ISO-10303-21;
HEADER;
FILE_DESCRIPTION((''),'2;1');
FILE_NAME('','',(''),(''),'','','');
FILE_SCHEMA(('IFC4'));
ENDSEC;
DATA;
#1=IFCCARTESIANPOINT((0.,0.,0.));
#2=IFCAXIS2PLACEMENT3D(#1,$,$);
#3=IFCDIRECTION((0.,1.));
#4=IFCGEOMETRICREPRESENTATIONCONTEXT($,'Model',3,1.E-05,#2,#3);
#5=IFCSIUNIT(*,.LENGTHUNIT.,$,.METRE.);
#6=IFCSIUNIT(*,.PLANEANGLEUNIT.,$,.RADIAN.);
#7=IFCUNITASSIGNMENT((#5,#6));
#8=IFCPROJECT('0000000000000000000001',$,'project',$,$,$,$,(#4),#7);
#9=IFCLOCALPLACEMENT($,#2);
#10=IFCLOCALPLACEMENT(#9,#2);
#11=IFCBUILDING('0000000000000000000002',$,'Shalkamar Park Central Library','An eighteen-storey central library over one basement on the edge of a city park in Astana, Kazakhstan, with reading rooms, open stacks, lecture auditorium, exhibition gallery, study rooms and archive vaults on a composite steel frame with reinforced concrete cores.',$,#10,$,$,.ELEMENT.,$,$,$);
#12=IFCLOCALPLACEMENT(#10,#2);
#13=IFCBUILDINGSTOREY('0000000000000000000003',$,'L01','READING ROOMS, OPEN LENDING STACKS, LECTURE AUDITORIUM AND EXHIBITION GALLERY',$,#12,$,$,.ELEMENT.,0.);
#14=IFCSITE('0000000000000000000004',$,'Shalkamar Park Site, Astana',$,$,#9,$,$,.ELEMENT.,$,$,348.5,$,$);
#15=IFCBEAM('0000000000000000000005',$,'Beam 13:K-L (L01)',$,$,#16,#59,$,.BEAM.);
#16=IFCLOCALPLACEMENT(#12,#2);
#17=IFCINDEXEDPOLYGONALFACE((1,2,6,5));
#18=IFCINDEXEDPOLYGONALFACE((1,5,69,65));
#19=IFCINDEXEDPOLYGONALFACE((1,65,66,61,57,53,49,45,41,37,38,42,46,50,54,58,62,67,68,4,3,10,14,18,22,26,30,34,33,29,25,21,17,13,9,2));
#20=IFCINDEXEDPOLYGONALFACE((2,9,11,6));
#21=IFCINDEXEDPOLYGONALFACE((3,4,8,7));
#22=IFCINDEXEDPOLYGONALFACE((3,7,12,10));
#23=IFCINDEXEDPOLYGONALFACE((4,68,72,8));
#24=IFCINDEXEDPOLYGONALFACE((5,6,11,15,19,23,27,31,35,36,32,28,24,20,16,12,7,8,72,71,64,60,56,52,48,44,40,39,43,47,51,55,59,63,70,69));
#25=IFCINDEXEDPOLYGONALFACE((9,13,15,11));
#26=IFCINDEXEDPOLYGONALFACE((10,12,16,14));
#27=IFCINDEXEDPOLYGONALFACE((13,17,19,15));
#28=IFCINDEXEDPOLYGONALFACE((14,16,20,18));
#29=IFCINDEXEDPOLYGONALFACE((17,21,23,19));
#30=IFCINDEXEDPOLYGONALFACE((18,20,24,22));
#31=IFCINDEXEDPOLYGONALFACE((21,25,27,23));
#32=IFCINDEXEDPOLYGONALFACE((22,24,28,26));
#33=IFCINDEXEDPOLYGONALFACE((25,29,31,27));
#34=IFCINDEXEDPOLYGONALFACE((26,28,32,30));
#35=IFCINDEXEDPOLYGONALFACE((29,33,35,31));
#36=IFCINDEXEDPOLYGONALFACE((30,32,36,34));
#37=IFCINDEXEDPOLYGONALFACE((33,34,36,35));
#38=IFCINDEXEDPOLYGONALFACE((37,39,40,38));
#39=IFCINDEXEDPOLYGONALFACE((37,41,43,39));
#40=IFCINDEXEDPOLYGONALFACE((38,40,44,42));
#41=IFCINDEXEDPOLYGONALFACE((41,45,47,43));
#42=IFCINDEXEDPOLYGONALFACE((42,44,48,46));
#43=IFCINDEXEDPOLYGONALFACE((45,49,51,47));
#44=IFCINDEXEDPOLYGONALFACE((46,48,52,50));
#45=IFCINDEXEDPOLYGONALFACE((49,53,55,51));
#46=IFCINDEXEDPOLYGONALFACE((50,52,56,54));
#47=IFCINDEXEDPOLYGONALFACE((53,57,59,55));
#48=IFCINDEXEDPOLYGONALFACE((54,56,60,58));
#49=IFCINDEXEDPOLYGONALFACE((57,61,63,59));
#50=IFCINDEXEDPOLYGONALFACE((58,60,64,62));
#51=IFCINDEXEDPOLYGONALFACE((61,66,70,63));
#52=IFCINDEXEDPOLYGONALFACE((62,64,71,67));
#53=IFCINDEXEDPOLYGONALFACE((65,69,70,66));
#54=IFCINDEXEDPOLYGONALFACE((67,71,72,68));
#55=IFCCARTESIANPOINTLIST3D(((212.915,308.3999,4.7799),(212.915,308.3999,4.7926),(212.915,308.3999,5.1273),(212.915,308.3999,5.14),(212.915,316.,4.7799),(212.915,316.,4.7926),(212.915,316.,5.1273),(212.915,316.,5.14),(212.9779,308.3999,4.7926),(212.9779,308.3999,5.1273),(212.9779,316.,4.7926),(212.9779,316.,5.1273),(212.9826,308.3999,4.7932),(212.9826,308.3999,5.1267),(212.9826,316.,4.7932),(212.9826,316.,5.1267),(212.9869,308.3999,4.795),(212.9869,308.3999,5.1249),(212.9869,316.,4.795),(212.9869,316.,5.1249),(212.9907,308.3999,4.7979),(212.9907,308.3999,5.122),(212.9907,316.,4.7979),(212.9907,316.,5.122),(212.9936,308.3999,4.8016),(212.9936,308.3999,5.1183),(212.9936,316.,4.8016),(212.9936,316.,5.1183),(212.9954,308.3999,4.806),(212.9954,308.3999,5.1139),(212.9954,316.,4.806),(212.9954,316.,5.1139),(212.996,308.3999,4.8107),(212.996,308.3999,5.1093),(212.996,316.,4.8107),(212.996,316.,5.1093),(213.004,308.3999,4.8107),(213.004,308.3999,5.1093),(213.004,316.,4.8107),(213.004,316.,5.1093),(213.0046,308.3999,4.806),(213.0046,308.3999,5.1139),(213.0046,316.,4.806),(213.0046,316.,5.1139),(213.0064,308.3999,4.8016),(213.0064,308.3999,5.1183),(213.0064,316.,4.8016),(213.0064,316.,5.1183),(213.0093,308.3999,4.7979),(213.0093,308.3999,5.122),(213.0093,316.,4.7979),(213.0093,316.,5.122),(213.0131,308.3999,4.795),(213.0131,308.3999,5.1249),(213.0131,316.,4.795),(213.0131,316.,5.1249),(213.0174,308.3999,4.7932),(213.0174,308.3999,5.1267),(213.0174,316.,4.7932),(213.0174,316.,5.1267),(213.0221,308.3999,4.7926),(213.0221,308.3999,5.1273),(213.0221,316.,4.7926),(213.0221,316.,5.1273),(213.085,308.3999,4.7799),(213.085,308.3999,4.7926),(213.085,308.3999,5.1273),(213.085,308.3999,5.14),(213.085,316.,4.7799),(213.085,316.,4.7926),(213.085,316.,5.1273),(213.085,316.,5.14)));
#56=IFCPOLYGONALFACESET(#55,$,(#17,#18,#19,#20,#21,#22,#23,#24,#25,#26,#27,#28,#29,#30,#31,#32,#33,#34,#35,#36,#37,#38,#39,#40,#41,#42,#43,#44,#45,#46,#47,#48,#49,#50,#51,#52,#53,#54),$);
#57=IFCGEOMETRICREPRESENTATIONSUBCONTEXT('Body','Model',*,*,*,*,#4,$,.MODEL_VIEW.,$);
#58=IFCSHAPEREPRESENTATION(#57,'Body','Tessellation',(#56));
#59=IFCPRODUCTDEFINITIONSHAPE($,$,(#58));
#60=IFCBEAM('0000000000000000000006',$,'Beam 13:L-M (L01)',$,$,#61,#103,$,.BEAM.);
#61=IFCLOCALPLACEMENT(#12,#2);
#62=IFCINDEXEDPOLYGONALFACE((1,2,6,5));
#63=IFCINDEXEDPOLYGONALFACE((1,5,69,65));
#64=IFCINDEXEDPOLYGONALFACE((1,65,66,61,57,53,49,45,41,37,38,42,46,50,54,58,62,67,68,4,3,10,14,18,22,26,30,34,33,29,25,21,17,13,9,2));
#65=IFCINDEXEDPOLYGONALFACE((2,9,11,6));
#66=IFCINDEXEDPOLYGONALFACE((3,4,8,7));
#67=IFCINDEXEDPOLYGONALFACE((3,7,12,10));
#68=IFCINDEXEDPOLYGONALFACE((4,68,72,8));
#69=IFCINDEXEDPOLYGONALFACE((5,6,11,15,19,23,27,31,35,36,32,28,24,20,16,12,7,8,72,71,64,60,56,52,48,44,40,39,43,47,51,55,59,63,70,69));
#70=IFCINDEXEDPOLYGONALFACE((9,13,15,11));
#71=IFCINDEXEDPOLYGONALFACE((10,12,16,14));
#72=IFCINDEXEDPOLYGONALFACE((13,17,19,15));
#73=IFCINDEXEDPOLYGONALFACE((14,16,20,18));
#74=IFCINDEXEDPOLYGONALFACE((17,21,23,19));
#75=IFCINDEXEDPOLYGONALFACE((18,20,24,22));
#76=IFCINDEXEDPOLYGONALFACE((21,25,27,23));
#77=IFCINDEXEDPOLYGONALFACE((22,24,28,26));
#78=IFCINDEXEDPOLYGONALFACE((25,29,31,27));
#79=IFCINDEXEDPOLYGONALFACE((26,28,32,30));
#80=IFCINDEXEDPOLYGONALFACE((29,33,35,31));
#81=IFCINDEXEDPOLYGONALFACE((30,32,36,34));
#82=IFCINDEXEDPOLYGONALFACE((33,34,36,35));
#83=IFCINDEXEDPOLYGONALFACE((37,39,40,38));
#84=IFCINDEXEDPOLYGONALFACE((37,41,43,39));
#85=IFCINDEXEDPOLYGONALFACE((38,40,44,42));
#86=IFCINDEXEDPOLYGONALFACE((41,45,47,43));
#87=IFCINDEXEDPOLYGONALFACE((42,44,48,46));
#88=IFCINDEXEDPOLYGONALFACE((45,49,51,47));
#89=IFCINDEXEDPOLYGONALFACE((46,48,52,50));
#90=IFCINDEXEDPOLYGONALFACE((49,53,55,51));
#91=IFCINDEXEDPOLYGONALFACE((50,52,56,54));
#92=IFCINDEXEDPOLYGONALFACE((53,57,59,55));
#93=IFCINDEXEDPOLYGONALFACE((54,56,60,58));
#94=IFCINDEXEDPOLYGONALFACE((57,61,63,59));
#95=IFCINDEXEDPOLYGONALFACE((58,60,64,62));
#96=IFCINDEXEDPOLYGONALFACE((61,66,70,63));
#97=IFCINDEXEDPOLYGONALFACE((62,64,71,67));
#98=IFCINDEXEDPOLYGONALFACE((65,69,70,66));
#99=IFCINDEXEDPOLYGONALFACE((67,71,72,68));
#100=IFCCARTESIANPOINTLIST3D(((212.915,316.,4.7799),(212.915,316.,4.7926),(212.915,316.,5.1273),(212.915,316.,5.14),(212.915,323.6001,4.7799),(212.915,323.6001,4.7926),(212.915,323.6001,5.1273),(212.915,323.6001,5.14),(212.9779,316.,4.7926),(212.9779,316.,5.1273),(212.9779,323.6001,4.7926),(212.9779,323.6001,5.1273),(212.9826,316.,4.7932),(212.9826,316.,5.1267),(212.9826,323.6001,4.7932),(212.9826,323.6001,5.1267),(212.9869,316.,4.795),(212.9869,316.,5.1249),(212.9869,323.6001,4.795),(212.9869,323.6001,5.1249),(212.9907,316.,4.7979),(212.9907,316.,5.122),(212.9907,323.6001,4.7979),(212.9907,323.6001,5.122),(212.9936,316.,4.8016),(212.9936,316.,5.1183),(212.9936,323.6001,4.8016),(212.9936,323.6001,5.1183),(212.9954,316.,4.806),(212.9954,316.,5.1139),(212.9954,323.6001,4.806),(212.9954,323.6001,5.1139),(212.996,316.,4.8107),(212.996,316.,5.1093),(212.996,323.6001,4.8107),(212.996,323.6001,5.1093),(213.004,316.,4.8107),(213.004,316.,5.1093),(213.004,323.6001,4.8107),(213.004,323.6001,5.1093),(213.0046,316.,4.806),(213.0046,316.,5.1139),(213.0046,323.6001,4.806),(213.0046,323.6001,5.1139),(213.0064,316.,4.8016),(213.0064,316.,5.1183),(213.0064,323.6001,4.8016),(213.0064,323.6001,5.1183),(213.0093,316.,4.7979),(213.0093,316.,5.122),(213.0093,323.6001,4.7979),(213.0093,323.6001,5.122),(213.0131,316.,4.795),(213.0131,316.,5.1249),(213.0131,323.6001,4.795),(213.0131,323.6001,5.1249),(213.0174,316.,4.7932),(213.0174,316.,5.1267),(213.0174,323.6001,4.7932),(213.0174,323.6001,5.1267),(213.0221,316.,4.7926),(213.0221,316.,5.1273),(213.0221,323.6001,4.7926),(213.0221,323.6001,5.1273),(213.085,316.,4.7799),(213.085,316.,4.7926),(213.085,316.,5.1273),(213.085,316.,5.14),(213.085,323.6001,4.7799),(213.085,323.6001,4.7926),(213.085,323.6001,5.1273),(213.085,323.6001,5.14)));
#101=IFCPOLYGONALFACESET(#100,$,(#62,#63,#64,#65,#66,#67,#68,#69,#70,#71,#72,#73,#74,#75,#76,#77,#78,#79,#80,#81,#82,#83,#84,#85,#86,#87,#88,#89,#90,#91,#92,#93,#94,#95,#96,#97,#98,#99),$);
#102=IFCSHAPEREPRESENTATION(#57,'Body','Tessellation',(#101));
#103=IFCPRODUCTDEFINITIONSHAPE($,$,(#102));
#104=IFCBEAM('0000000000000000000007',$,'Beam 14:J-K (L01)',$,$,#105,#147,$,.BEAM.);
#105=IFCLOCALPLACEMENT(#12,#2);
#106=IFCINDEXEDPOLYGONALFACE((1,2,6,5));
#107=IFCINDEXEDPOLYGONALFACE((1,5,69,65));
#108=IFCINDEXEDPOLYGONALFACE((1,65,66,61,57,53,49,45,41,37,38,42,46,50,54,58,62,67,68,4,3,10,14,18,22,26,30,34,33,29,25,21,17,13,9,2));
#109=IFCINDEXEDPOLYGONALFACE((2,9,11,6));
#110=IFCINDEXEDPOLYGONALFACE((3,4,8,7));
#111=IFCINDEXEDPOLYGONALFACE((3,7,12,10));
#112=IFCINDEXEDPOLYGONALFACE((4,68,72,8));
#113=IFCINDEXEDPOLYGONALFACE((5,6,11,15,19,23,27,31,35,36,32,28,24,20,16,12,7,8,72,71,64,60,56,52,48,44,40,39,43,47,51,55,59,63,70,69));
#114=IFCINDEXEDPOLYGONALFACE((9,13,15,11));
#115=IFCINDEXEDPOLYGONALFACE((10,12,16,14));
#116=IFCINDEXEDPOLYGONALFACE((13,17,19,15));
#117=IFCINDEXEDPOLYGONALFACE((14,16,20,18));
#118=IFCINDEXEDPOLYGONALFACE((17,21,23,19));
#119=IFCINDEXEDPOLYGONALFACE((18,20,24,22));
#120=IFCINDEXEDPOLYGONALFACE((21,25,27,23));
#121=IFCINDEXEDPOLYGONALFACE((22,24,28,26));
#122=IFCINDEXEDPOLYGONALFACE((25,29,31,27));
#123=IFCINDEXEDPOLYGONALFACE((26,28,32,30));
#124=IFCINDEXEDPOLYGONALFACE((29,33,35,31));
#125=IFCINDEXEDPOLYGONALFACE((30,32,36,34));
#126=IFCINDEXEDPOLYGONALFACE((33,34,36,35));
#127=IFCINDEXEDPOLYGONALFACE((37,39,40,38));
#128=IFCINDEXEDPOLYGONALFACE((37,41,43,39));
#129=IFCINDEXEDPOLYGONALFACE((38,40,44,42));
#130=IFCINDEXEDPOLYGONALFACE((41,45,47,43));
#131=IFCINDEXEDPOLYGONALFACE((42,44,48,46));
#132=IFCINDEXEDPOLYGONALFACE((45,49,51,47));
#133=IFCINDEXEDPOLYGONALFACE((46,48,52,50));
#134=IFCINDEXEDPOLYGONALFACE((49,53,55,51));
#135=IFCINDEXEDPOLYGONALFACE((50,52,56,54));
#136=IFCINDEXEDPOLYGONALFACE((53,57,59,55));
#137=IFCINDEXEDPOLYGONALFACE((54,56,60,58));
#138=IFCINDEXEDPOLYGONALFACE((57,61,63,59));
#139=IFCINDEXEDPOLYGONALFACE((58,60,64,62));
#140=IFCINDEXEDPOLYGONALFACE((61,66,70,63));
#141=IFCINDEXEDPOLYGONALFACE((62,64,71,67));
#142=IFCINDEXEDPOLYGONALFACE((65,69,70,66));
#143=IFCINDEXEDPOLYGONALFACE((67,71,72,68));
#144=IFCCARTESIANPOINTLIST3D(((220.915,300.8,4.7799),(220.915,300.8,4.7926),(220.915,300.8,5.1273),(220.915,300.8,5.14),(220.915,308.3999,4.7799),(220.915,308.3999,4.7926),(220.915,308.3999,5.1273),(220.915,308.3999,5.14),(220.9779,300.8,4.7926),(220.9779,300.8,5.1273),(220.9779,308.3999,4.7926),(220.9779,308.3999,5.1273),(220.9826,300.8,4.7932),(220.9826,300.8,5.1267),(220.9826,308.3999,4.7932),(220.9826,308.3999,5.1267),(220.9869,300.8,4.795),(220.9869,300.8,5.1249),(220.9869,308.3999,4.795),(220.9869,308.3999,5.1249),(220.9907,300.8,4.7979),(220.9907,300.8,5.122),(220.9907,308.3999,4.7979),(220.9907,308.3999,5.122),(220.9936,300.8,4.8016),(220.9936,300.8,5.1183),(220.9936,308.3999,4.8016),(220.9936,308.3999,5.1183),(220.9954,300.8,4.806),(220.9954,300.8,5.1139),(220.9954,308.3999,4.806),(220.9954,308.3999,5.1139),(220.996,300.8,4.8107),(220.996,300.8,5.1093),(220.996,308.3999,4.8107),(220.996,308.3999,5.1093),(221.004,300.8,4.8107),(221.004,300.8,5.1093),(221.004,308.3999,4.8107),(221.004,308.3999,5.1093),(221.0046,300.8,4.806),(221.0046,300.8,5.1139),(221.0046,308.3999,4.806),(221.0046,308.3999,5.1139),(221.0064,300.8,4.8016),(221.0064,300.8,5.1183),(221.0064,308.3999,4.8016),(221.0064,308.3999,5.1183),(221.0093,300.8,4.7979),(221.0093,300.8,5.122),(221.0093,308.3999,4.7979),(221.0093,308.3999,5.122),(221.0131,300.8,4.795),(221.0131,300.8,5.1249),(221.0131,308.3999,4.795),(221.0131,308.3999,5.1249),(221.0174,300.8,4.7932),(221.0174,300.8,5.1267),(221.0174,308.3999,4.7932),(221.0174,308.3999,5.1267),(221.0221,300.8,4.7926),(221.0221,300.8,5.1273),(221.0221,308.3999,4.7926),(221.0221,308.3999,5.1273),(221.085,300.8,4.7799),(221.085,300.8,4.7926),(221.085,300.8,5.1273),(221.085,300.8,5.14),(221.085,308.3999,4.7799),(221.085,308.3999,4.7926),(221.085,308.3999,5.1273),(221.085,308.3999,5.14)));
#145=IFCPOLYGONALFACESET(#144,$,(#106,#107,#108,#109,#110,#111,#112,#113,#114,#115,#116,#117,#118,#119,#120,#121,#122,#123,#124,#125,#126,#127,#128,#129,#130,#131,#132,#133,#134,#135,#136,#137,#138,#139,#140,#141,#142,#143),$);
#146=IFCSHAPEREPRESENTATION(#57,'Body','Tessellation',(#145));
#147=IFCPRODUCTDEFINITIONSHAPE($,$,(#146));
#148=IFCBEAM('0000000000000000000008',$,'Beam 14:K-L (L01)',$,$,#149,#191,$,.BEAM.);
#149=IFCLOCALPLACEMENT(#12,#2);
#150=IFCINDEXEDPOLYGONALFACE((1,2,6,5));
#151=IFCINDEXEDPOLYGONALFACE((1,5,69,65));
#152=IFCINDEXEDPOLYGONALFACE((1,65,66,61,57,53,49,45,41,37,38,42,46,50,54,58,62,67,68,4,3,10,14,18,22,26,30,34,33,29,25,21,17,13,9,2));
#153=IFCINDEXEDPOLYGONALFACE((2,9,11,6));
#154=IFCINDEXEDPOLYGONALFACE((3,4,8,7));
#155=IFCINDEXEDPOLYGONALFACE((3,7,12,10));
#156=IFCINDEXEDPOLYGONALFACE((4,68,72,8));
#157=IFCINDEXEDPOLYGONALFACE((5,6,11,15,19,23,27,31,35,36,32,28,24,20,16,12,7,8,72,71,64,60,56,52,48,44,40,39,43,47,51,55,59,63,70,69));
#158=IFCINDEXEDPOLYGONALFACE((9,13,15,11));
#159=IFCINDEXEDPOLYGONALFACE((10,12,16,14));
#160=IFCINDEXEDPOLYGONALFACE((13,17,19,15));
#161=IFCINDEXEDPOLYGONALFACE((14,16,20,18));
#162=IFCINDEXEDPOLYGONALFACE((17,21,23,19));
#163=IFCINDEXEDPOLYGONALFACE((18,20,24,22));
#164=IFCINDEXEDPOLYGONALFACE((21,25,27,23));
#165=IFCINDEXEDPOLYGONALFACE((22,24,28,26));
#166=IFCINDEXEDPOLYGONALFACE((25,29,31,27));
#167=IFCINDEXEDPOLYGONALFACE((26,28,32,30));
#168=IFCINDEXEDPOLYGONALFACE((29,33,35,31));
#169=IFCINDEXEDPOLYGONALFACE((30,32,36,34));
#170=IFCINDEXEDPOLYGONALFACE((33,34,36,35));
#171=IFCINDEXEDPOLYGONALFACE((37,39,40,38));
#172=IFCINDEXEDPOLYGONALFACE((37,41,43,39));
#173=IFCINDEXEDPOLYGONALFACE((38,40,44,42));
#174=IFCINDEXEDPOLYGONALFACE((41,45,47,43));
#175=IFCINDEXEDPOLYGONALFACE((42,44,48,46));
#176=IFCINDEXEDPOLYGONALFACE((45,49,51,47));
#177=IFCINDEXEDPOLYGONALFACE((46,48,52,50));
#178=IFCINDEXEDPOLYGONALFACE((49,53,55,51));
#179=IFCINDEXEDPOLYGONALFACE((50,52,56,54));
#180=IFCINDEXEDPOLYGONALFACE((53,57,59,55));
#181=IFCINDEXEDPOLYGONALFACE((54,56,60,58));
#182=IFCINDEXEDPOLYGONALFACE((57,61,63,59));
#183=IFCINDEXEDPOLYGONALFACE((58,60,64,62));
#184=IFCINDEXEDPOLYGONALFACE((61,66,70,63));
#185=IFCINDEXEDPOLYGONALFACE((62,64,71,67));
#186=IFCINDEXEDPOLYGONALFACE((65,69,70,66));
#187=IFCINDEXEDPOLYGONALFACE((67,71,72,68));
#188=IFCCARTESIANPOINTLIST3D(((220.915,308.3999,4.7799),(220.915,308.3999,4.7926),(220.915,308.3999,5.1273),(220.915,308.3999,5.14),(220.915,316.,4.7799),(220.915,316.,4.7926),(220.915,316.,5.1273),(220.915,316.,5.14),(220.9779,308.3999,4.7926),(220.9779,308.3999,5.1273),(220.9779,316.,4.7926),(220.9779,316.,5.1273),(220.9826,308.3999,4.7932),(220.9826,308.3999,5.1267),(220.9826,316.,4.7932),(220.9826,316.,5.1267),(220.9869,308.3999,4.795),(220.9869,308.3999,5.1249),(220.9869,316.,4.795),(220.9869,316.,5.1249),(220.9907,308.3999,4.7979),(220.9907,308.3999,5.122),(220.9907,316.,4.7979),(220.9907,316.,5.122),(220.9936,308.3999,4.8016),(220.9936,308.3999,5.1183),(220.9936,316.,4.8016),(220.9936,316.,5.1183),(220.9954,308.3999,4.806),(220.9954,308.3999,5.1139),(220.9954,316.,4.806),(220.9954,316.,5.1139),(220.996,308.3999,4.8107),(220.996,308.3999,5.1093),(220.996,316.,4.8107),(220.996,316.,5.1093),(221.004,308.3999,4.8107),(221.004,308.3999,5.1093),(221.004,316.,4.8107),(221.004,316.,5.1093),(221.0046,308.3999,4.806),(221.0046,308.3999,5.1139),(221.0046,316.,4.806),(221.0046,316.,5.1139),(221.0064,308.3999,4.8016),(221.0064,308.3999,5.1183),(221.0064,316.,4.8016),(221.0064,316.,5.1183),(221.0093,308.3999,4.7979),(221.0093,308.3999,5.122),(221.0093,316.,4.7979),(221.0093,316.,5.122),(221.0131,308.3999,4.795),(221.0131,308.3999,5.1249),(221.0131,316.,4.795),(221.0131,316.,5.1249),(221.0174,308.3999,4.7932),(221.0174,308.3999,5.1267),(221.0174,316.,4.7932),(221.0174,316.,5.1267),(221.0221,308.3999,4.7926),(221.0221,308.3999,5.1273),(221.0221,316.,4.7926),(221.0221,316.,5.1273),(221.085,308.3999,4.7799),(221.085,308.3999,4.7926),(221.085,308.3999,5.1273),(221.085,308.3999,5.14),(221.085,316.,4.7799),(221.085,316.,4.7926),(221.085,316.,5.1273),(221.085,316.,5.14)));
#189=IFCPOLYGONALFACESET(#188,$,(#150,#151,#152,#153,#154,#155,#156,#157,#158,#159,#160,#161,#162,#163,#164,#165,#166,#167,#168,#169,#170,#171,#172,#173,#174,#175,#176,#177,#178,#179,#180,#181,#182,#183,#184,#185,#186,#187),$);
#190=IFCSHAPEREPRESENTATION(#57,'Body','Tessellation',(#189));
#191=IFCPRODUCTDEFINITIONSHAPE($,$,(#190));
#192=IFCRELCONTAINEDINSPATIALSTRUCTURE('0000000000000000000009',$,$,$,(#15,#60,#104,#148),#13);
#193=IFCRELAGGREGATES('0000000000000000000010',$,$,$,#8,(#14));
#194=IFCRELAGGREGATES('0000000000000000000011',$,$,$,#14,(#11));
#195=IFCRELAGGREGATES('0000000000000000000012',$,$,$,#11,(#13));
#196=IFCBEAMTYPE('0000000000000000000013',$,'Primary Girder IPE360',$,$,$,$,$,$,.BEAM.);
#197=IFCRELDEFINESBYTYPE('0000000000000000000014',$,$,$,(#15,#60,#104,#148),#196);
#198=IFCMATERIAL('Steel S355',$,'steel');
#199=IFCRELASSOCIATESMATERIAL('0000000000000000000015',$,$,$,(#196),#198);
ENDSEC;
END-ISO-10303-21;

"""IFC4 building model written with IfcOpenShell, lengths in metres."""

from ifc_helpers import new_model, si_unit, direction, frame, origin, origin_2d, place, context, subcontext, project, spatial, i_section, extrude, material, material_profile, profile_set, type_object, element, save


model = new_model("IFC4")

# Units and contexts
model_context = context("Model", 3, precision=1e-05, world=origin(), true_north=direction((0.0, 1.0)))
body_context = subcontext(model_context, "Body", "Model", "MODEL_VIEW")
ifc_project = project(units=[si_unit("LENGTHUNIT", "METRE"), si_unit("PLANEANGLEUNIT", "RADIAN")], contexts=[model_context])

# Site, building, storey
site_placement = place(None, origin())
site = spatial("IfcSite", under=ifc_project, at=site_placement, Name="Shalkamar Park Site, Astana", CompositionType="ELEMENT", RefElevation=348.5)
building_placement = place(site_placement, origin())
building = spatial("IfcBuilding", under=site, at=building_placement, Name="Shalkamar Park Central Library", Description="An eighteen-storey central library over one basement on the edge of a city park in Astana, Kazakhstan, with reading rooms, open stacks, lecture auditorium, exhibition gallery, study rooms and archive vaults on a composite steel frame with reinforced concrete cores.", CompositionType="ELEMENT")
storey_placement = place(building_placement, origin())
storey = spatial("IfcBuildingStorey", under=building, at=storey_placement, Name="L01", Description="READING ROOMS, OPEN LENDING STACKS, LECTURE AUDITORIUM AND EXHIBITION GALLERY", CompositionType="ELEMENT", Elevation=0.0)

# Shared definitions
ifc_material_1 = material(Name="Steel S355", Category="steel")

# Beams
ifc_material_profile_1 = material_profile(ifc_material_1, i_section(OverallWidth=0.1699, OverallDepth=0.3601, WebThickness=0.0081, FlangeThickness=0.0127, FilletRadius=0.0181, at=origin_2d()), Name="IPE 360")
ifc_profile_set_1 = profile_set([ifc_material_profile_1], Name="Steel S355")
beam_type_1 = type_object("IfcBeamType", Name="Primary Girder IPE360", PredefinedType="BEAM", material=ifc_profile_set_1)
for number, where, z_axis, x_axis, name in (
    (1, (213.0, 308.3999, 4.96), (0.0, 1.0, 0.0), (-1.0, 0.0, 0.0), "Beam 13:K-L (L01)"),
    (2, (213.0, 316.0, 4.96), (0.0, 1.0, 0.0), (-1.0, 0.0, 0.0), "Beam 13:L-M (L01)"),
):
    element("IfcBeam", number, at=place(storey_placement, frame(where, z_axis=z_axis, x_axis=x_axis)), inside=storey, type_object=beam_type_1, Name=name, PredefinedType="BEAM", context=body_context, shape_type="SweptSolid", body=[
        extrude(i_section(OverallWidth=0.1699, OverallDepth=0.3601, WebThickness=0.0081, FlangeThickness=0.0127, FilletRadius=0.0181, at=origin_2d()), origin(), (0.0, 0.0, 1.0), 7.6001),
    ])
beam_1_placement = place(storey_placement, frame((221.0, 300.8, 4.96), z_axis=(0.0, 1.0, 0.0), x_axis=(-1.0, 0.0, 0.0)))
element("IfcBeam", 3, at=beam_1_placement, inside=storey, type_object=beam_type_1, Name="Beam 14:J-K (L01)", PredefinedType="BEAM", context=body_context, shape_type="SweptSolid", body=[
    extrude(i_section(OverallWidth=0.1699, OverallDepth=0.3601, WebThickness=0.0081, FlangeThickness=0.0127, FilletRadius=0.0181, at=origin_2d()), origin(), (0.0, 0.0, 1.0), 7.5999),
])
beam_2_placement = place(storey_placement, frame((221.0, 308.3999, 4.96), z_axis=(0.0, 1.0, 0.0), x_axis=(-1.0, 0.0, 0.0)))
element("IfcBeam", 4, at=beam_2_placement, inside=storey, type_object=beam_type_1, Name="Beam 14:K-L (L01)", PredefinedType="BEAM", context=body_context, shape_type="SweptSolid", body=[
    extrude(i_section(OverallWidth=0.1699, OverallDepth=0.3601, WebThickness=0.0081, FlangeThickness=0.0127, FilletRadius=0.0181, at=origin_2d()), origin(), (0.0, 0.0, 1.0), 7.6001),
])

save(model, "model.ifc")
